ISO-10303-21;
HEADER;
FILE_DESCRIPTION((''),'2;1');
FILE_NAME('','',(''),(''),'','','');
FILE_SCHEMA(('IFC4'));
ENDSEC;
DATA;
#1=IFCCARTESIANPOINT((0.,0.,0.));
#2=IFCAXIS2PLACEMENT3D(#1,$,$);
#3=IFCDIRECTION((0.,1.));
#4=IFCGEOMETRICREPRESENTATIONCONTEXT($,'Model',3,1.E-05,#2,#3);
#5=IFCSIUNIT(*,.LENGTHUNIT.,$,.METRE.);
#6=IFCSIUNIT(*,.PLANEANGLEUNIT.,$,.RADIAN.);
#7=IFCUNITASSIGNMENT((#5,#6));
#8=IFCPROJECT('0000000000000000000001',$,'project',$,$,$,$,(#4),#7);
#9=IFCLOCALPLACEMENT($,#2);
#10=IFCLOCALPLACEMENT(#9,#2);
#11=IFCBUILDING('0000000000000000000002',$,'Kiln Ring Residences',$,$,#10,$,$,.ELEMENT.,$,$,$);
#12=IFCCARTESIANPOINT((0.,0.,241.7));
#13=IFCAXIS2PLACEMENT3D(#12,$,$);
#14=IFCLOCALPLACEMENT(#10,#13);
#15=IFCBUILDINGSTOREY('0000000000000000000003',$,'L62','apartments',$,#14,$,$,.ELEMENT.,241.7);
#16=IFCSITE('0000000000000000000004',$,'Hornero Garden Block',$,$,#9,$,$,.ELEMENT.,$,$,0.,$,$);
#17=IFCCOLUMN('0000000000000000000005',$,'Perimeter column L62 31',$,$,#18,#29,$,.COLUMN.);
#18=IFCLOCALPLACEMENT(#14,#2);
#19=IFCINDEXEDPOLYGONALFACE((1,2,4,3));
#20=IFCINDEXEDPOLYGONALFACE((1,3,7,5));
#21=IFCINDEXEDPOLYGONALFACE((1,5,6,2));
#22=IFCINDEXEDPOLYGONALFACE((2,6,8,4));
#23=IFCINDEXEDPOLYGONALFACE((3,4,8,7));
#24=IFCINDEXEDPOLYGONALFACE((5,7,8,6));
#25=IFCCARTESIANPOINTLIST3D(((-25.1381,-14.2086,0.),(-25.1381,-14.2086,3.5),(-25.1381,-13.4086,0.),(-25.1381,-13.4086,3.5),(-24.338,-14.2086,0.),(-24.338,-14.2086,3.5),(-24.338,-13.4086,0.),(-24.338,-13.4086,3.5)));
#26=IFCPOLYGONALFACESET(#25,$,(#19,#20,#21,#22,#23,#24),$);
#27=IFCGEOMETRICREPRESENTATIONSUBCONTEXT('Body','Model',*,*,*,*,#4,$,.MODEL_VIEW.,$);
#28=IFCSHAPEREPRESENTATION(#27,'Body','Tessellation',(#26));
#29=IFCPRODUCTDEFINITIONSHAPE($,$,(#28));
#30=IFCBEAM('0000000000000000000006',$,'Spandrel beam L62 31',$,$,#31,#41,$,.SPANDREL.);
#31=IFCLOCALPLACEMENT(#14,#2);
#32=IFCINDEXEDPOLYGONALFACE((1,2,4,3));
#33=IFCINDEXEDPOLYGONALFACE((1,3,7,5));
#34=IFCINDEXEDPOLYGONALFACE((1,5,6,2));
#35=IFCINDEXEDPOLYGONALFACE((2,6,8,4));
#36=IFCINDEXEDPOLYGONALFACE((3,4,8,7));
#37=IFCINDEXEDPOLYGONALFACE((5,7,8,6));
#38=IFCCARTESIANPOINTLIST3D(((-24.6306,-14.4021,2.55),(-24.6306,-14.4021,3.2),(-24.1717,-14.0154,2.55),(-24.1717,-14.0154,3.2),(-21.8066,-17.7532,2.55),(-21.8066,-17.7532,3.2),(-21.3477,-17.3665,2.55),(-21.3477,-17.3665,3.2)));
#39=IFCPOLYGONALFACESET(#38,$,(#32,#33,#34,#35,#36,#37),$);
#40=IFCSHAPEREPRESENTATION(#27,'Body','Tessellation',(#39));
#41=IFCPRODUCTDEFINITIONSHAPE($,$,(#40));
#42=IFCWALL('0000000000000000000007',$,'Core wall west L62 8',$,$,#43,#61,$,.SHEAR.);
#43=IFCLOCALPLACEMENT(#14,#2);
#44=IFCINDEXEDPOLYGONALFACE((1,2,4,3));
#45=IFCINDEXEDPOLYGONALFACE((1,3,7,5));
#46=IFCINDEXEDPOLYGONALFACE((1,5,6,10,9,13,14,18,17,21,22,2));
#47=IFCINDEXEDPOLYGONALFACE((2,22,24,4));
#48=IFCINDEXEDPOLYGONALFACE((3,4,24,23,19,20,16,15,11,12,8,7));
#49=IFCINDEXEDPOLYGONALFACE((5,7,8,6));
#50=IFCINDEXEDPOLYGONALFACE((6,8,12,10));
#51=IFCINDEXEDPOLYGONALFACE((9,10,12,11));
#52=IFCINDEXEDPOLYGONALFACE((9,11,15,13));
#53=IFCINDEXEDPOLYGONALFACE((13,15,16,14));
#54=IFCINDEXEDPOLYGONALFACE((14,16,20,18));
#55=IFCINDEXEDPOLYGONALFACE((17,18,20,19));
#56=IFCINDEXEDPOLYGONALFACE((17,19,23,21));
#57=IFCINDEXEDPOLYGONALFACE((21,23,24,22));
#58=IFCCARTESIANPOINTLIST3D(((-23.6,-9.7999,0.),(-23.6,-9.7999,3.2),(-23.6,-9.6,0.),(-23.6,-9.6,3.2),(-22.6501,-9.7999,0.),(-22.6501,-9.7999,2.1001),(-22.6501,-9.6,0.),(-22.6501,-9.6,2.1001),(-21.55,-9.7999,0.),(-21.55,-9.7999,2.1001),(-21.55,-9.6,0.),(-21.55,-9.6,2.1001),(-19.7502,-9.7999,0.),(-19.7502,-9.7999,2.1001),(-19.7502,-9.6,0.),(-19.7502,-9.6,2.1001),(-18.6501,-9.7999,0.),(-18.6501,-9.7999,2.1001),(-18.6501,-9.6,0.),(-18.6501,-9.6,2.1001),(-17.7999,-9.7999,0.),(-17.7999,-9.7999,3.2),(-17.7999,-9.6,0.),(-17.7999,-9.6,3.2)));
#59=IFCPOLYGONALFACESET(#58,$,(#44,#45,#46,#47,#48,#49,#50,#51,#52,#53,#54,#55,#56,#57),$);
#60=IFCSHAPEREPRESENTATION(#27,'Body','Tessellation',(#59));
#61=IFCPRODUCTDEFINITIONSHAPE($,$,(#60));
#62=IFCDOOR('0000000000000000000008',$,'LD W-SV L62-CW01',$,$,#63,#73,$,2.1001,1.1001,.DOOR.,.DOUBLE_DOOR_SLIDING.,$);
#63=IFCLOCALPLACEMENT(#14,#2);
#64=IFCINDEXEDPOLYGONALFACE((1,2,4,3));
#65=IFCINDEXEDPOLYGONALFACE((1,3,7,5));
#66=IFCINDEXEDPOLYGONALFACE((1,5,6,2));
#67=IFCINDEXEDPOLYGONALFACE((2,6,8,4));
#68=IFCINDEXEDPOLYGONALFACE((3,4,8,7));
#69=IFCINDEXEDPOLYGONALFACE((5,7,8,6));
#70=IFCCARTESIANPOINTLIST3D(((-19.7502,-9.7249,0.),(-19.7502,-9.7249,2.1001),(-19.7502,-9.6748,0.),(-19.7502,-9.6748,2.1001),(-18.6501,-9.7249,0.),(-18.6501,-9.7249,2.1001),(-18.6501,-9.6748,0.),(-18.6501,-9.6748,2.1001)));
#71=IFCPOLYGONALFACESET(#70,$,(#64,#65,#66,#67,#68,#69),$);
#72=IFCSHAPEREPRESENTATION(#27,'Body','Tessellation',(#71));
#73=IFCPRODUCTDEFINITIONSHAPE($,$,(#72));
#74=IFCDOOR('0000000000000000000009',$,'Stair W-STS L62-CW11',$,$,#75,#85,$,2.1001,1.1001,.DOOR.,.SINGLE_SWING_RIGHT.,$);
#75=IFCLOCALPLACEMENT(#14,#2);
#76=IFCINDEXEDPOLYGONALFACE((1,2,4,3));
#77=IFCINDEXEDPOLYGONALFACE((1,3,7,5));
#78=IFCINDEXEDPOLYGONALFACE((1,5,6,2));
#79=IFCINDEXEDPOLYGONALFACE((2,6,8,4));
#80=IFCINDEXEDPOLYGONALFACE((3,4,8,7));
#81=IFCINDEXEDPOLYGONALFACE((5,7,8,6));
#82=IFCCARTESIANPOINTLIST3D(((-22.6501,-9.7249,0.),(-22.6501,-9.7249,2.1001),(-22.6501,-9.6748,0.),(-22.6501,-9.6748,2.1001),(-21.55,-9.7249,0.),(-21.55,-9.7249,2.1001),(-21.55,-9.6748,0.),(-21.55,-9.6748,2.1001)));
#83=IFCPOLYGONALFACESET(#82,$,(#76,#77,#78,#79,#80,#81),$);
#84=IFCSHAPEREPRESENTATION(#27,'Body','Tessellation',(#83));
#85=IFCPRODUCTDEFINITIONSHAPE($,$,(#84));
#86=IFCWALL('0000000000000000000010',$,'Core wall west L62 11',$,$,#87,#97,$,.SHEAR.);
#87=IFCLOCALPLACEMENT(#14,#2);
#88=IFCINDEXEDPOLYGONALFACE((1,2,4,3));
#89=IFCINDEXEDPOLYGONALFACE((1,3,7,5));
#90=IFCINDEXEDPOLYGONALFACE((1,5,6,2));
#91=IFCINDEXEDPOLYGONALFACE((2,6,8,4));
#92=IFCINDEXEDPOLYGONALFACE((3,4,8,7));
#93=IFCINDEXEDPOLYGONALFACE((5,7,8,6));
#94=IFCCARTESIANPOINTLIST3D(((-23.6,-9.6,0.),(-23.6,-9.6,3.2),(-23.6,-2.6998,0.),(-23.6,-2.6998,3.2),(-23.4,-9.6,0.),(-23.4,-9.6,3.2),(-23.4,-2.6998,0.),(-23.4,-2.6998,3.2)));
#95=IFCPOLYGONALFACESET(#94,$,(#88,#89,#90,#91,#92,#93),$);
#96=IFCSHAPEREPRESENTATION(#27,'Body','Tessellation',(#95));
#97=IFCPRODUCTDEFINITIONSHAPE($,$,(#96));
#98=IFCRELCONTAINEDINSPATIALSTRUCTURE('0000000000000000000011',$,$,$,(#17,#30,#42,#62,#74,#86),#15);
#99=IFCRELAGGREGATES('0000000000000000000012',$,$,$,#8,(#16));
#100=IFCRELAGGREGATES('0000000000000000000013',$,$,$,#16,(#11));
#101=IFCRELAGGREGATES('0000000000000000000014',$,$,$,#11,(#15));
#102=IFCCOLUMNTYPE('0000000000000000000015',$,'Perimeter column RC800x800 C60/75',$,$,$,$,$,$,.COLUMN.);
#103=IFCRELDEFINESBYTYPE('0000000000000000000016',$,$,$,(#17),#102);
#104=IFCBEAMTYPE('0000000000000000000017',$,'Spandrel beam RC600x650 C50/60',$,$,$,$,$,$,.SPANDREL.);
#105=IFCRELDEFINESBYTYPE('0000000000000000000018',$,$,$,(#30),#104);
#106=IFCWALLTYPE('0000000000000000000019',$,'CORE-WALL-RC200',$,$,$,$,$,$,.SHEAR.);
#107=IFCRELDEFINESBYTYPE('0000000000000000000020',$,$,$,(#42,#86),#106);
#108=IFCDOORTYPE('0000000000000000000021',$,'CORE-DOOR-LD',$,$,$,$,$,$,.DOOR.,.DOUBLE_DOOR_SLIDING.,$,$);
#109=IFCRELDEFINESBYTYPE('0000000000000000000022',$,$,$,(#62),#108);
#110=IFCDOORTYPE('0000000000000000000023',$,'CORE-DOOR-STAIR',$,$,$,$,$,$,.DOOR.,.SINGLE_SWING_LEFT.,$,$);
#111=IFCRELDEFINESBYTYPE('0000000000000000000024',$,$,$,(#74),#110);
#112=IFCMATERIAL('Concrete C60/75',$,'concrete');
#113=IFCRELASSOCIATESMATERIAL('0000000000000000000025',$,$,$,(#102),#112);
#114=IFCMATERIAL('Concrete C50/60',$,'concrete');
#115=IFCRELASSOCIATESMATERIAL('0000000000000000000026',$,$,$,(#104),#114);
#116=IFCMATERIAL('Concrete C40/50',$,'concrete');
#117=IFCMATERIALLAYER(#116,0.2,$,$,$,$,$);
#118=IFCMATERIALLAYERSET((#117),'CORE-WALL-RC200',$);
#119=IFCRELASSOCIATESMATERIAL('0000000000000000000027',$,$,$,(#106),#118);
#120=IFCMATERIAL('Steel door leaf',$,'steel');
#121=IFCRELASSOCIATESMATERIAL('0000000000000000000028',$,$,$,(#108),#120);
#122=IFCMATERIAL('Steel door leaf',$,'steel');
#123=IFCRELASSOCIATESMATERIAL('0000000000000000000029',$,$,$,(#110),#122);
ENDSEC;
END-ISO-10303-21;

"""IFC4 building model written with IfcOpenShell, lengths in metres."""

from ifc_helpers import new_model, si_unit, direction, frame, frame_2d, origin, origin_2d, place, context, subcontext, project, spatial, rectangle, extrude, material, layer, layer_set, material_profile, profile_set, type_object, element, fill, save


model = new_model("IFC4")

# Units and contexts
model_context = context("Model", 3, precision=1e-05, world=origin(), true_north=direction((0.0, 1.0)))
body_context = subcontext(model_context, "Body", "Model", "MODEL_VIEW")
ifc_project = project(units=[si_unit("LENGTHUNIT", "METRE"), si_unit("PLANEANGLEUNIT", "RADIAN")], contexts=[model_context])

# Site, building, storey
site_placement = place(None, origin())
site = spatial("IfcSite", under=ifc_project, at=site_placement, Name="Hornero Garden Block", CompositionType="ELEMENT", RefElevation=0.0)
building_placement = place(site_placement, origin())
building = spatial("IfcBuilding", under=site, at=building_placement, Name="Kiln Ring Residences", CompositionType="ELEMENT")
storey_placement = place(building_placement, frame((0.0, 0.0, 241.7)))
storey = spatial("IfcBuildingStorey", under=building, at=storey_placement, Name="L62", Description="apartments", CompositionType="ELEMENT", Elevation=241.7)

# Column
ifc_material_1 = material(Name="Concrete C60/75", Category="concrete")
ifc_material_profile_1 = material_profile(ifc_material_1, rectangle(XDim=0.8, YDim=0.8, at=origin_2d()), Name="RC800x800")
ifc_profile_set_1 = profile_set([ifc_material_profile_1], Name="Concrete C60/75")
column_type = type_object("IfcColumnType", Name="Perimeter column RC800x800 C60/75", PredefinedType="COLUMN", material=ifc_profile_set_1)
column_placement = place(storey_placement, frame((-24.738, -13.8086, 0.0), z_axis=(0.0, 0.0, 1.0), x_axis=(1.0, 0.0, 0.0)))
element("IfcColumn", 1, at=column_placement, inside=storey, type_object=column_type, Name="Perimeter column L62 31", PredefinedType="COLUMN", context=body_context, shape_type="SweptSolid", body=[
    extrude(rectangle(XDim=0.8, YDim=0.8, at=origin_2d()), origin(), (0.0, 0.0, 1.0), 3.5),
])

# Beam
ifc_material_2 = material(Name="Concrete C50/60", Category="concrete")
ifc_material_profile_2 = material_profile(ifc_material_2, rectangle(XDim=0.6001, YDim=0.6499, at=origin_2d()), Name="RC600x650")
ifc_profile_set_2 = profile_set([ifc_material_profile_2], Name="Concrete C50/60")
beam_type = type_object("IfcBeamType", Name="Spandrel beam RC600x650 C50/60", PredefinedType="SPANDREL", material=ifc_profile_set_2)
beam_placement = place(storey_placement, frame((-24.4011, -14.2087, 2.875), z_axis=(0.644405, -0.764684, 0.0), x_axis=(0.764684, 0.644405, 0.0)))
element("IfcBeam", 2, at=beam_placement, inside=storey, type_object=beam_type, Name="Spandrel beam L62 31", PredefinedType="SPANDREL", context=body_context, shape_type="SweptSolid", body=[
    extrude(rectangle(XDim=0.6001, YDim=0.6499, at=origin_2d()), origin(), (0.0, 0.0, 1.0), 4.3823),
])

# Wall, openings, doors
ifc_material_3 = material(Name="Concrete C40/50", Category="concrete")
ifc_layer_1 = layer(ifc_material_3, 0.2)
ifc_layer_set_1 = layer_set([ifc_layer_1], Name="CORE-WALL-RC200")
wall_type_1 = type_object("IfcWallType", Name="CORE-WALL-RC200", PredefinedType="SHEAR", material=ifc_layer_set_1)
wall_1_placement = place(storey_placement, frame((-17.8, -9.7, 0.0), z_axis=(0.0, 0.0, 1.0), x_axis=(-1.0, 0.0, 0.0)))
wall_1 = element("IfcWall", 3, at=wall_1_placement, inside=storey, type_object=wall_type_1, Name="Core wall west L62 8", PredefinedType="SHEAR", context=body_context, shape_type="SweptSolid", body=[
    extrude(rectangle(XDim=5.8, YDim=0.2, at=frame_2d((2.8999, 0.0))), origin(), (0.0, 0.0, 1.0), 3.2),
])
opening_1_placement = place(wall_1_placement, frame((0.8501, 0.0, 0.0)))
opening_1 = element("IfcOpeningElement", 4, at=opening_1_placement, cuts=wall_1, PredefinedType="OPENING", context=body_context, shape_type="SweptSolid", body=[
    extrude(rectangle(XDim=1.1001, YDim=2.1001, at=frame_2d((0.55, 1.05))), frame((0.0, 0.1099, 0.0), z_axis=(0.0, -1.0, 0.0), x_axis=(1.0, 0.0, 0.0)), (0.0, 0.0, 1.0), 0.22),
])
opening_2_placement = place(wall_1_placement, frame((3.75, 0.0, 0.0)))
opening_2 = element("IfcOpeningElement", 5, at=opening_2_placement, cuts=wall_1, PredefinedType="OPENING", context=body_context, shape_type="SweptSolid", body=[
    extrude(rectangle(XDim=1.1001, YDim=2.1001, at=frame_2d((0.55, 1.05))), frame((0.0, 0.1099, 0.0), z_axis=(0.0, -1.0, 0.0), x_axis=(1.0, 0.0, 0.0)), (0.0, 0.0, 1.0), 0.22),
])
ifc_material_4 = material(Name="Steel door leaf", Category="steel")
door_type_1 = type_object("IfcDoorType", Name="CORE-DOOR-LD", OperationType="DOUBLE_DOOR_SLIDING", PredefinedType="DOOR", material=ifc_material_4)
door_1_placement = place(opening_1_placement, origin())
door_1 = element("IfcDoor", 6, at=door_1_placement, inside=storey, type_object=door_type_1, Name="LD W-SV L62-CW01", OperationType="DOUBLE_DOOR_SLIDING", OverallHeight=2.1001, OverallWidth=1.1001, PredefinedType="DOOR", context=body_context, shape_type="SweptSolid", body=[
    extrude(rectangle(XDim=1.1001, YDim=2.1001, at=frame_2d((0.55, 1.05))), frame((0.0, 0.0249, 0.0), z_axis=(0.0, -1.0, 0.0), x_axis=(1.0, 0.0, 0.0)), (0.0, 0.0, 1.0), 0.05),
])
fill(opening_1, door_1)
ifc_material_5 = material(Name="Steel door leaf", Category="steel")
door_type_2 = type_object("IfcDoorType", Name="CORE-DOOR-STAIR", OperationType="SINGLE_SWING_LEFT", PredefinedType="DOOR", material=ifc_material_5)
door_2_placement = place(opening_2_placement, origin())
door_2 = element("IfcDoor", 7, at=door_2_placement, inside=storey, type_object=door_type_2, Name="Stair W-STS L62-CW11", OperationType="SINGLE_SWING_RIGHT", OverallHeight=2.1001, OverallWidth=1.1001, PredefinedType="DOOR", context=body_context, shape_type="SweptSolid", body=[
    extrude(rectangle(XDim=1.1001, YDim=2.1001, at=frame_2d((0.55, 1.05))), frame((0.0, 0.0249, 0.0), z_axis=(0.0, -1.0, 0.0), x_axis=(1.0, 0.0, 0.0)), (0.0, 0.0, 1.0), 0.05),
])
fill(opening_2, door_2)

# Wall
wall_2_placement = place(storey_placement, frame((-23.5, -9.6001, 0.0), z_axis=(0.0, 0.0, 1.0), x_axis=(0.0, 1.0, 0.0)))
element("IfcWall", 8, at=wall_2_placement, inside=storey, type_object=wall_type_1, Name="Core wall west L62 11", PredefinedType="SHEAR", context=body_context, shape_type="SweptSolid", body=[
    extrude(rectangle(XDim=6.9001, YDim=0.2, at=frame_2d((3.4502, 0.0))), origin(), (0.0, 0.0, 1.0), 3.2),
])

save(model, "model.ifc")
